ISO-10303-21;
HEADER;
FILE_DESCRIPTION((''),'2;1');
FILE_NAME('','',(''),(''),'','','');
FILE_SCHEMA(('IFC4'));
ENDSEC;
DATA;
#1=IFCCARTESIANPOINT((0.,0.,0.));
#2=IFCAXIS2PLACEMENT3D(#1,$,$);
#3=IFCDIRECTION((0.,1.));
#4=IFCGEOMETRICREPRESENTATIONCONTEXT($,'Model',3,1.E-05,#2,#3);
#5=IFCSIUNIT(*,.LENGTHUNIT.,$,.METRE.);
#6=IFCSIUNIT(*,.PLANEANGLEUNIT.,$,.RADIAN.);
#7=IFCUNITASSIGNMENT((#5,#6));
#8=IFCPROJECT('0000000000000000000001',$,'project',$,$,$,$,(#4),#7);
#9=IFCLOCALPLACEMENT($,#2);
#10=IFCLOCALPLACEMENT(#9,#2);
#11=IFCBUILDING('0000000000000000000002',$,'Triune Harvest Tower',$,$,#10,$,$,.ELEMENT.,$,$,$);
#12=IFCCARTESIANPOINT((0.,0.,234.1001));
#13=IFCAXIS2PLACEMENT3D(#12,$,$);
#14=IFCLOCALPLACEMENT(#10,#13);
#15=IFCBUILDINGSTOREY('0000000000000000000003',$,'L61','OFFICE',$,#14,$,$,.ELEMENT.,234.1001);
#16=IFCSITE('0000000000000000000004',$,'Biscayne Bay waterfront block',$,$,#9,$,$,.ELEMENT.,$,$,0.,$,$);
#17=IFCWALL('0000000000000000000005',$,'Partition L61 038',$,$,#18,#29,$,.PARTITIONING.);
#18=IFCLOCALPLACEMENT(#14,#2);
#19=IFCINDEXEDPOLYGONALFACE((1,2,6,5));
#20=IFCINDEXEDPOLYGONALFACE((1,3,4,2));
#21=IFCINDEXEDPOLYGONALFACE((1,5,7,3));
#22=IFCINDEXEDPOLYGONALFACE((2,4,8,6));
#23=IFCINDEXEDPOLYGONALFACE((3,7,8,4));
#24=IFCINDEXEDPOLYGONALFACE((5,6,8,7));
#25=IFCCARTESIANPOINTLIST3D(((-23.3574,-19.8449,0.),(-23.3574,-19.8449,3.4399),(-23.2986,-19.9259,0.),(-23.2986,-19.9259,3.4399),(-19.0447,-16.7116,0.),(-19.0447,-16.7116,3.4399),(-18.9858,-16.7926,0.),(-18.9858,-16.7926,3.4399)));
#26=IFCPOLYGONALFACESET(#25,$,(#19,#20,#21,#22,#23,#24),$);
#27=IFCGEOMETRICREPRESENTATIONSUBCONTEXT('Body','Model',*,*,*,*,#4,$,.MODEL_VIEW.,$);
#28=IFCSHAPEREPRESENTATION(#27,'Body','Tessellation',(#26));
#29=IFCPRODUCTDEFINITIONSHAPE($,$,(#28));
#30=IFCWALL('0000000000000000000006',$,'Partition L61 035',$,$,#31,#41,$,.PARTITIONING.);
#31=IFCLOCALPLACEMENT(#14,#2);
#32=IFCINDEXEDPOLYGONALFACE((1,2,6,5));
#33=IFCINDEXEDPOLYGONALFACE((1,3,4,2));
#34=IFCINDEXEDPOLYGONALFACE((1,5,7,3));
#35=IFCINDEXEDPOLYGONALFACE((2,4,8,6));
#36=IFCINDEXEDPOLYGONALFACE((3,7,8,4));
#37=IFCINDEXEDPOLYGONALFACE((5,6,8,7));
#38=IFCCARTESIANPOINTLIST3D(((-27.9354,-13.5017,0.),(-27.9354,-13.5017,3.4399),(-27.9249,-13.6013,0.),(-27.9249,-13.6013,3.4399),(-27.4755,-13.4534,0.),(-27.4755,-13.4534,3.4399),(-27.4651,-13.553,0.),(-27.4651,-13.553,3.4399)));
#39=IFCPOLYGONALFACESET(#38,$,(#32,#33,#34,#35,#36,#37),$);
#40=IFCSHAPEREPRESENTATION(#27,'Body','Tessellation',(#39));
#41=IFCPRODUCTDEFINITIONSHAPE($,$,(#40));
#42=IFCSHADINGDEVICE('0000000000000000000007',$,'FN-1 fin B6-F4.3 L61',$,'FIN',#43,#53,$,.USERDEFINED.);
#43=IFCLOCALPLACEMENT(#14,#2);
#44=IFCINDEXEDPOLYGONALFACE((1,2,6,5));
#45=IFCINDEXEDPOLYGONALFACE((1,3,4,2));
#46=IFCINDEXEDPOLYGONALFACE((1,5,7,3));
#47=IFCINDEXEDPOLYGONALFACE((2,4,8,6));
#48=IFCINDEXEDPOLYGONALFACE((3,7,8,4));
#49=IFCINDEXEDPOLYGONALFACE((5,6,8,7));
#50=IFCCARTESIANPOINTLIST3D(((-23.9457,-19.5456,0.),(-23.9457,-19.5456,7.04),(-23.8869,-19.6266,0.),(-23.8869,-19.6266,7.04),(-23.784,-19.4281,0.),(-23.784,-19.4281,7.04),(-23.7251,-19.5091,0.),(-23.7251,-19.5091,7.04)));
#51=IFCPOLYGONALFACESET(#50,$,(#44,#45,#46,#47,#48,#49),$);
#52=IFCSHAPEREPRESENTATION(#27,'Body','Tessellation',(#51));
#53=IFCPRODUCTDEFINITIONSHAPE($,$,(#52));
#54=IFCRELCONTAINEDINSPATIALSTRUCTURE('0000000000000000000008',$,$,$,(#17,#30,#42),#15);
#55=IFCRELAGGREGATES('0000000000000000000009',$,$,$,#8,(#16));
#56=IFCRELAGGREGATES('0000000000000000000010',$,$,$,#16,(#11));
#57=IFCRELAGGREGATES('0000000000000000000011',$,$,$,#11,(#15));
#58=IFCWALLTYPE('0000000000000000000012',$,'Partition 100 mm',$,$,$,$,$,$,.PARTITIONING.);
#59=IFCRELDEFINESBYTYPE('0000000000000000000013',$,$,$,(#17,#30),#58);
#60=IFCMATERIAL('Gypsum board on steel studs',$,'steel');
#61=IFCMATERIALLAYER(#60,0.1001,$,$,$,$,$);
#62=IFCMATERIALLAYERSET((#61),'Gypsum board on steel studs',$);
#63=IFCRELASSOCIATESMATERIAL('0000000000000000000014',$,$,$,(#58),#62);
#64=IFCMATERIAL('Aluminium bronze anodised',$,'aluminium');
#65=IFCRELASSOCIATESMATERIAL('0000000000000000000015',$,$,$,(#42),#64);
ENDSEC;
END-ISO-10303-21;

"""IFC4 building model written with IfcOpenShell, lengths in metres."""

from ifc_helpers import new_model, si_unit, direction, frame, frame_2d, origin, origin_2d, place, context, subcontext, project, spatial, rectangle, extrude, source, transform, mapped, material, layer, layer_set, type_object, element, save


model = new_model("IFC4")

# Units and contexts
model_context = context("Model", 3, precision=1e-05, world=origin(), true_north=direction((0.0, 1.0)))
body_context = subcontext(model_context, "Body", "Model", "MODEL_VIEW")
ifc_project = project(units=[si_unit("LENGTHUNIT", "METRE"), si_unit("PLANEANGLEUNIT", "RADIAN")], contexts=[model_context])

# Site, building, storey
site_placement = place(None, origin())
site = spatial("IfcSite", under=ifc_project, at=site_placement, Name="Biscayne Bay waterfront block", CompositionType="ELEMENT", RefElevation=0.0)
building_placement = place(site_placement, origin())
building = spatial("IfcBuilding", under=site, at=building_placement, Name="Triune Harvest Tower", CompositionType="ELEMENT")
storey_placement = place(building_placement, frame((0.0, 0.0, 234.1001)))
storey = spatial("IfcBuildingStorey", under=building, at=storey_placement, Name="L61", Description="OFFICE", CompositionType="ELEMENT", Elevation=234.1001)

# Walls
ifc_material_1 = material(Name="Gypsum board on steel studs", Category="steel")
ifc_layer_1 = layer(ifc_material_1, 0.1001)
ifc_layer_set_1 = layer_set([ifc_layer_1], Name="Gypsum board on steel studs")
wall_type = type_object("IfcWallType", Name="Partition 100 mm", PredefinedType="PARTITIONING", material=ifc_layer_set_1)
wall_1_placement = place(storey_placement, frame((-23.3281, -19.8855, 0.0), z_axis=(0.0, 0.0, 1.0), x_axis=(0.809025, 0.587774, 0.0)))
element("IfcWall", 1, at=wall_1_placement, inside=storey, type_object=wall_type, Name="Partition L61 038", PredefinedType="PARTITIONING", context=body_context, shape_type="SweptSolid", body=[
    extrude(rectangle(XDim=5.3308, YDim=0.1001, at=frame_2d((2.6655, 0.0))), origin(), (0.0, 0.0, 1.0), 3.4399),
])
shared_shape_1 = source(origin(), body_context, "Body", "SweptSolid", [
    extrude(rectangle(XDim=0.4624, YDim=0.1001, at=frame_2d((0.2312, 0.0))), origin(), (0.0, 0.0, 1.0), 3.4399),
])
wall_2_placement = place(storey_placement, frame((-27.9302, -13.5515, 0.0), z_axis=(0.0, 0.0, 1.0), x_axis=(0.994523, 0.10452, 0.0)))
element("IfcWall", 2, at=wall_2_placement, inside=storey, type_object=wall_type, Name="Partition L61 035", PredefinedType="PARTITIONING", context=body_context, shape_type="MappedRepresentation", body=[
    mapped(shared_shape_1, transform((0.0, 0.0, 0.0), scale=1.0)),
])

# Shading device
ifc_material_2 = material(Name="Aluminium bronze anodised", Category="aluminium")
shared_shape_2 = source(origin(), body_context, "Body", "SweptSolid", [
    extrude(rectangle(XDim=0.1001, YDim=0.2, at=origin_2d()), origin(), (0.0, 0.0, 1.0), 7.04),
])
shading_device_placement = place(storey_placement, frame((-23.8354, -19.5273, 0.0), z_axis=(0.0, 0.0, 1.0), x_axis=(0.587789, -0.809014, 0.0)))
element("IfcShadingDevice", 3, at=shading_device_placement, inside=storey, material=ifc_material_2, Name="FN-1 fin B6-F4.3 L61", ObjectType="FIN", PredefinedType="USERDEFINED", context=body_context, shape_type="MappedRepresentation", body=[
    mapped(shared_shape_2, transform((0.0, 0.0, 0.0), scale=1.0)),
])

save(model, "model.ifc")
